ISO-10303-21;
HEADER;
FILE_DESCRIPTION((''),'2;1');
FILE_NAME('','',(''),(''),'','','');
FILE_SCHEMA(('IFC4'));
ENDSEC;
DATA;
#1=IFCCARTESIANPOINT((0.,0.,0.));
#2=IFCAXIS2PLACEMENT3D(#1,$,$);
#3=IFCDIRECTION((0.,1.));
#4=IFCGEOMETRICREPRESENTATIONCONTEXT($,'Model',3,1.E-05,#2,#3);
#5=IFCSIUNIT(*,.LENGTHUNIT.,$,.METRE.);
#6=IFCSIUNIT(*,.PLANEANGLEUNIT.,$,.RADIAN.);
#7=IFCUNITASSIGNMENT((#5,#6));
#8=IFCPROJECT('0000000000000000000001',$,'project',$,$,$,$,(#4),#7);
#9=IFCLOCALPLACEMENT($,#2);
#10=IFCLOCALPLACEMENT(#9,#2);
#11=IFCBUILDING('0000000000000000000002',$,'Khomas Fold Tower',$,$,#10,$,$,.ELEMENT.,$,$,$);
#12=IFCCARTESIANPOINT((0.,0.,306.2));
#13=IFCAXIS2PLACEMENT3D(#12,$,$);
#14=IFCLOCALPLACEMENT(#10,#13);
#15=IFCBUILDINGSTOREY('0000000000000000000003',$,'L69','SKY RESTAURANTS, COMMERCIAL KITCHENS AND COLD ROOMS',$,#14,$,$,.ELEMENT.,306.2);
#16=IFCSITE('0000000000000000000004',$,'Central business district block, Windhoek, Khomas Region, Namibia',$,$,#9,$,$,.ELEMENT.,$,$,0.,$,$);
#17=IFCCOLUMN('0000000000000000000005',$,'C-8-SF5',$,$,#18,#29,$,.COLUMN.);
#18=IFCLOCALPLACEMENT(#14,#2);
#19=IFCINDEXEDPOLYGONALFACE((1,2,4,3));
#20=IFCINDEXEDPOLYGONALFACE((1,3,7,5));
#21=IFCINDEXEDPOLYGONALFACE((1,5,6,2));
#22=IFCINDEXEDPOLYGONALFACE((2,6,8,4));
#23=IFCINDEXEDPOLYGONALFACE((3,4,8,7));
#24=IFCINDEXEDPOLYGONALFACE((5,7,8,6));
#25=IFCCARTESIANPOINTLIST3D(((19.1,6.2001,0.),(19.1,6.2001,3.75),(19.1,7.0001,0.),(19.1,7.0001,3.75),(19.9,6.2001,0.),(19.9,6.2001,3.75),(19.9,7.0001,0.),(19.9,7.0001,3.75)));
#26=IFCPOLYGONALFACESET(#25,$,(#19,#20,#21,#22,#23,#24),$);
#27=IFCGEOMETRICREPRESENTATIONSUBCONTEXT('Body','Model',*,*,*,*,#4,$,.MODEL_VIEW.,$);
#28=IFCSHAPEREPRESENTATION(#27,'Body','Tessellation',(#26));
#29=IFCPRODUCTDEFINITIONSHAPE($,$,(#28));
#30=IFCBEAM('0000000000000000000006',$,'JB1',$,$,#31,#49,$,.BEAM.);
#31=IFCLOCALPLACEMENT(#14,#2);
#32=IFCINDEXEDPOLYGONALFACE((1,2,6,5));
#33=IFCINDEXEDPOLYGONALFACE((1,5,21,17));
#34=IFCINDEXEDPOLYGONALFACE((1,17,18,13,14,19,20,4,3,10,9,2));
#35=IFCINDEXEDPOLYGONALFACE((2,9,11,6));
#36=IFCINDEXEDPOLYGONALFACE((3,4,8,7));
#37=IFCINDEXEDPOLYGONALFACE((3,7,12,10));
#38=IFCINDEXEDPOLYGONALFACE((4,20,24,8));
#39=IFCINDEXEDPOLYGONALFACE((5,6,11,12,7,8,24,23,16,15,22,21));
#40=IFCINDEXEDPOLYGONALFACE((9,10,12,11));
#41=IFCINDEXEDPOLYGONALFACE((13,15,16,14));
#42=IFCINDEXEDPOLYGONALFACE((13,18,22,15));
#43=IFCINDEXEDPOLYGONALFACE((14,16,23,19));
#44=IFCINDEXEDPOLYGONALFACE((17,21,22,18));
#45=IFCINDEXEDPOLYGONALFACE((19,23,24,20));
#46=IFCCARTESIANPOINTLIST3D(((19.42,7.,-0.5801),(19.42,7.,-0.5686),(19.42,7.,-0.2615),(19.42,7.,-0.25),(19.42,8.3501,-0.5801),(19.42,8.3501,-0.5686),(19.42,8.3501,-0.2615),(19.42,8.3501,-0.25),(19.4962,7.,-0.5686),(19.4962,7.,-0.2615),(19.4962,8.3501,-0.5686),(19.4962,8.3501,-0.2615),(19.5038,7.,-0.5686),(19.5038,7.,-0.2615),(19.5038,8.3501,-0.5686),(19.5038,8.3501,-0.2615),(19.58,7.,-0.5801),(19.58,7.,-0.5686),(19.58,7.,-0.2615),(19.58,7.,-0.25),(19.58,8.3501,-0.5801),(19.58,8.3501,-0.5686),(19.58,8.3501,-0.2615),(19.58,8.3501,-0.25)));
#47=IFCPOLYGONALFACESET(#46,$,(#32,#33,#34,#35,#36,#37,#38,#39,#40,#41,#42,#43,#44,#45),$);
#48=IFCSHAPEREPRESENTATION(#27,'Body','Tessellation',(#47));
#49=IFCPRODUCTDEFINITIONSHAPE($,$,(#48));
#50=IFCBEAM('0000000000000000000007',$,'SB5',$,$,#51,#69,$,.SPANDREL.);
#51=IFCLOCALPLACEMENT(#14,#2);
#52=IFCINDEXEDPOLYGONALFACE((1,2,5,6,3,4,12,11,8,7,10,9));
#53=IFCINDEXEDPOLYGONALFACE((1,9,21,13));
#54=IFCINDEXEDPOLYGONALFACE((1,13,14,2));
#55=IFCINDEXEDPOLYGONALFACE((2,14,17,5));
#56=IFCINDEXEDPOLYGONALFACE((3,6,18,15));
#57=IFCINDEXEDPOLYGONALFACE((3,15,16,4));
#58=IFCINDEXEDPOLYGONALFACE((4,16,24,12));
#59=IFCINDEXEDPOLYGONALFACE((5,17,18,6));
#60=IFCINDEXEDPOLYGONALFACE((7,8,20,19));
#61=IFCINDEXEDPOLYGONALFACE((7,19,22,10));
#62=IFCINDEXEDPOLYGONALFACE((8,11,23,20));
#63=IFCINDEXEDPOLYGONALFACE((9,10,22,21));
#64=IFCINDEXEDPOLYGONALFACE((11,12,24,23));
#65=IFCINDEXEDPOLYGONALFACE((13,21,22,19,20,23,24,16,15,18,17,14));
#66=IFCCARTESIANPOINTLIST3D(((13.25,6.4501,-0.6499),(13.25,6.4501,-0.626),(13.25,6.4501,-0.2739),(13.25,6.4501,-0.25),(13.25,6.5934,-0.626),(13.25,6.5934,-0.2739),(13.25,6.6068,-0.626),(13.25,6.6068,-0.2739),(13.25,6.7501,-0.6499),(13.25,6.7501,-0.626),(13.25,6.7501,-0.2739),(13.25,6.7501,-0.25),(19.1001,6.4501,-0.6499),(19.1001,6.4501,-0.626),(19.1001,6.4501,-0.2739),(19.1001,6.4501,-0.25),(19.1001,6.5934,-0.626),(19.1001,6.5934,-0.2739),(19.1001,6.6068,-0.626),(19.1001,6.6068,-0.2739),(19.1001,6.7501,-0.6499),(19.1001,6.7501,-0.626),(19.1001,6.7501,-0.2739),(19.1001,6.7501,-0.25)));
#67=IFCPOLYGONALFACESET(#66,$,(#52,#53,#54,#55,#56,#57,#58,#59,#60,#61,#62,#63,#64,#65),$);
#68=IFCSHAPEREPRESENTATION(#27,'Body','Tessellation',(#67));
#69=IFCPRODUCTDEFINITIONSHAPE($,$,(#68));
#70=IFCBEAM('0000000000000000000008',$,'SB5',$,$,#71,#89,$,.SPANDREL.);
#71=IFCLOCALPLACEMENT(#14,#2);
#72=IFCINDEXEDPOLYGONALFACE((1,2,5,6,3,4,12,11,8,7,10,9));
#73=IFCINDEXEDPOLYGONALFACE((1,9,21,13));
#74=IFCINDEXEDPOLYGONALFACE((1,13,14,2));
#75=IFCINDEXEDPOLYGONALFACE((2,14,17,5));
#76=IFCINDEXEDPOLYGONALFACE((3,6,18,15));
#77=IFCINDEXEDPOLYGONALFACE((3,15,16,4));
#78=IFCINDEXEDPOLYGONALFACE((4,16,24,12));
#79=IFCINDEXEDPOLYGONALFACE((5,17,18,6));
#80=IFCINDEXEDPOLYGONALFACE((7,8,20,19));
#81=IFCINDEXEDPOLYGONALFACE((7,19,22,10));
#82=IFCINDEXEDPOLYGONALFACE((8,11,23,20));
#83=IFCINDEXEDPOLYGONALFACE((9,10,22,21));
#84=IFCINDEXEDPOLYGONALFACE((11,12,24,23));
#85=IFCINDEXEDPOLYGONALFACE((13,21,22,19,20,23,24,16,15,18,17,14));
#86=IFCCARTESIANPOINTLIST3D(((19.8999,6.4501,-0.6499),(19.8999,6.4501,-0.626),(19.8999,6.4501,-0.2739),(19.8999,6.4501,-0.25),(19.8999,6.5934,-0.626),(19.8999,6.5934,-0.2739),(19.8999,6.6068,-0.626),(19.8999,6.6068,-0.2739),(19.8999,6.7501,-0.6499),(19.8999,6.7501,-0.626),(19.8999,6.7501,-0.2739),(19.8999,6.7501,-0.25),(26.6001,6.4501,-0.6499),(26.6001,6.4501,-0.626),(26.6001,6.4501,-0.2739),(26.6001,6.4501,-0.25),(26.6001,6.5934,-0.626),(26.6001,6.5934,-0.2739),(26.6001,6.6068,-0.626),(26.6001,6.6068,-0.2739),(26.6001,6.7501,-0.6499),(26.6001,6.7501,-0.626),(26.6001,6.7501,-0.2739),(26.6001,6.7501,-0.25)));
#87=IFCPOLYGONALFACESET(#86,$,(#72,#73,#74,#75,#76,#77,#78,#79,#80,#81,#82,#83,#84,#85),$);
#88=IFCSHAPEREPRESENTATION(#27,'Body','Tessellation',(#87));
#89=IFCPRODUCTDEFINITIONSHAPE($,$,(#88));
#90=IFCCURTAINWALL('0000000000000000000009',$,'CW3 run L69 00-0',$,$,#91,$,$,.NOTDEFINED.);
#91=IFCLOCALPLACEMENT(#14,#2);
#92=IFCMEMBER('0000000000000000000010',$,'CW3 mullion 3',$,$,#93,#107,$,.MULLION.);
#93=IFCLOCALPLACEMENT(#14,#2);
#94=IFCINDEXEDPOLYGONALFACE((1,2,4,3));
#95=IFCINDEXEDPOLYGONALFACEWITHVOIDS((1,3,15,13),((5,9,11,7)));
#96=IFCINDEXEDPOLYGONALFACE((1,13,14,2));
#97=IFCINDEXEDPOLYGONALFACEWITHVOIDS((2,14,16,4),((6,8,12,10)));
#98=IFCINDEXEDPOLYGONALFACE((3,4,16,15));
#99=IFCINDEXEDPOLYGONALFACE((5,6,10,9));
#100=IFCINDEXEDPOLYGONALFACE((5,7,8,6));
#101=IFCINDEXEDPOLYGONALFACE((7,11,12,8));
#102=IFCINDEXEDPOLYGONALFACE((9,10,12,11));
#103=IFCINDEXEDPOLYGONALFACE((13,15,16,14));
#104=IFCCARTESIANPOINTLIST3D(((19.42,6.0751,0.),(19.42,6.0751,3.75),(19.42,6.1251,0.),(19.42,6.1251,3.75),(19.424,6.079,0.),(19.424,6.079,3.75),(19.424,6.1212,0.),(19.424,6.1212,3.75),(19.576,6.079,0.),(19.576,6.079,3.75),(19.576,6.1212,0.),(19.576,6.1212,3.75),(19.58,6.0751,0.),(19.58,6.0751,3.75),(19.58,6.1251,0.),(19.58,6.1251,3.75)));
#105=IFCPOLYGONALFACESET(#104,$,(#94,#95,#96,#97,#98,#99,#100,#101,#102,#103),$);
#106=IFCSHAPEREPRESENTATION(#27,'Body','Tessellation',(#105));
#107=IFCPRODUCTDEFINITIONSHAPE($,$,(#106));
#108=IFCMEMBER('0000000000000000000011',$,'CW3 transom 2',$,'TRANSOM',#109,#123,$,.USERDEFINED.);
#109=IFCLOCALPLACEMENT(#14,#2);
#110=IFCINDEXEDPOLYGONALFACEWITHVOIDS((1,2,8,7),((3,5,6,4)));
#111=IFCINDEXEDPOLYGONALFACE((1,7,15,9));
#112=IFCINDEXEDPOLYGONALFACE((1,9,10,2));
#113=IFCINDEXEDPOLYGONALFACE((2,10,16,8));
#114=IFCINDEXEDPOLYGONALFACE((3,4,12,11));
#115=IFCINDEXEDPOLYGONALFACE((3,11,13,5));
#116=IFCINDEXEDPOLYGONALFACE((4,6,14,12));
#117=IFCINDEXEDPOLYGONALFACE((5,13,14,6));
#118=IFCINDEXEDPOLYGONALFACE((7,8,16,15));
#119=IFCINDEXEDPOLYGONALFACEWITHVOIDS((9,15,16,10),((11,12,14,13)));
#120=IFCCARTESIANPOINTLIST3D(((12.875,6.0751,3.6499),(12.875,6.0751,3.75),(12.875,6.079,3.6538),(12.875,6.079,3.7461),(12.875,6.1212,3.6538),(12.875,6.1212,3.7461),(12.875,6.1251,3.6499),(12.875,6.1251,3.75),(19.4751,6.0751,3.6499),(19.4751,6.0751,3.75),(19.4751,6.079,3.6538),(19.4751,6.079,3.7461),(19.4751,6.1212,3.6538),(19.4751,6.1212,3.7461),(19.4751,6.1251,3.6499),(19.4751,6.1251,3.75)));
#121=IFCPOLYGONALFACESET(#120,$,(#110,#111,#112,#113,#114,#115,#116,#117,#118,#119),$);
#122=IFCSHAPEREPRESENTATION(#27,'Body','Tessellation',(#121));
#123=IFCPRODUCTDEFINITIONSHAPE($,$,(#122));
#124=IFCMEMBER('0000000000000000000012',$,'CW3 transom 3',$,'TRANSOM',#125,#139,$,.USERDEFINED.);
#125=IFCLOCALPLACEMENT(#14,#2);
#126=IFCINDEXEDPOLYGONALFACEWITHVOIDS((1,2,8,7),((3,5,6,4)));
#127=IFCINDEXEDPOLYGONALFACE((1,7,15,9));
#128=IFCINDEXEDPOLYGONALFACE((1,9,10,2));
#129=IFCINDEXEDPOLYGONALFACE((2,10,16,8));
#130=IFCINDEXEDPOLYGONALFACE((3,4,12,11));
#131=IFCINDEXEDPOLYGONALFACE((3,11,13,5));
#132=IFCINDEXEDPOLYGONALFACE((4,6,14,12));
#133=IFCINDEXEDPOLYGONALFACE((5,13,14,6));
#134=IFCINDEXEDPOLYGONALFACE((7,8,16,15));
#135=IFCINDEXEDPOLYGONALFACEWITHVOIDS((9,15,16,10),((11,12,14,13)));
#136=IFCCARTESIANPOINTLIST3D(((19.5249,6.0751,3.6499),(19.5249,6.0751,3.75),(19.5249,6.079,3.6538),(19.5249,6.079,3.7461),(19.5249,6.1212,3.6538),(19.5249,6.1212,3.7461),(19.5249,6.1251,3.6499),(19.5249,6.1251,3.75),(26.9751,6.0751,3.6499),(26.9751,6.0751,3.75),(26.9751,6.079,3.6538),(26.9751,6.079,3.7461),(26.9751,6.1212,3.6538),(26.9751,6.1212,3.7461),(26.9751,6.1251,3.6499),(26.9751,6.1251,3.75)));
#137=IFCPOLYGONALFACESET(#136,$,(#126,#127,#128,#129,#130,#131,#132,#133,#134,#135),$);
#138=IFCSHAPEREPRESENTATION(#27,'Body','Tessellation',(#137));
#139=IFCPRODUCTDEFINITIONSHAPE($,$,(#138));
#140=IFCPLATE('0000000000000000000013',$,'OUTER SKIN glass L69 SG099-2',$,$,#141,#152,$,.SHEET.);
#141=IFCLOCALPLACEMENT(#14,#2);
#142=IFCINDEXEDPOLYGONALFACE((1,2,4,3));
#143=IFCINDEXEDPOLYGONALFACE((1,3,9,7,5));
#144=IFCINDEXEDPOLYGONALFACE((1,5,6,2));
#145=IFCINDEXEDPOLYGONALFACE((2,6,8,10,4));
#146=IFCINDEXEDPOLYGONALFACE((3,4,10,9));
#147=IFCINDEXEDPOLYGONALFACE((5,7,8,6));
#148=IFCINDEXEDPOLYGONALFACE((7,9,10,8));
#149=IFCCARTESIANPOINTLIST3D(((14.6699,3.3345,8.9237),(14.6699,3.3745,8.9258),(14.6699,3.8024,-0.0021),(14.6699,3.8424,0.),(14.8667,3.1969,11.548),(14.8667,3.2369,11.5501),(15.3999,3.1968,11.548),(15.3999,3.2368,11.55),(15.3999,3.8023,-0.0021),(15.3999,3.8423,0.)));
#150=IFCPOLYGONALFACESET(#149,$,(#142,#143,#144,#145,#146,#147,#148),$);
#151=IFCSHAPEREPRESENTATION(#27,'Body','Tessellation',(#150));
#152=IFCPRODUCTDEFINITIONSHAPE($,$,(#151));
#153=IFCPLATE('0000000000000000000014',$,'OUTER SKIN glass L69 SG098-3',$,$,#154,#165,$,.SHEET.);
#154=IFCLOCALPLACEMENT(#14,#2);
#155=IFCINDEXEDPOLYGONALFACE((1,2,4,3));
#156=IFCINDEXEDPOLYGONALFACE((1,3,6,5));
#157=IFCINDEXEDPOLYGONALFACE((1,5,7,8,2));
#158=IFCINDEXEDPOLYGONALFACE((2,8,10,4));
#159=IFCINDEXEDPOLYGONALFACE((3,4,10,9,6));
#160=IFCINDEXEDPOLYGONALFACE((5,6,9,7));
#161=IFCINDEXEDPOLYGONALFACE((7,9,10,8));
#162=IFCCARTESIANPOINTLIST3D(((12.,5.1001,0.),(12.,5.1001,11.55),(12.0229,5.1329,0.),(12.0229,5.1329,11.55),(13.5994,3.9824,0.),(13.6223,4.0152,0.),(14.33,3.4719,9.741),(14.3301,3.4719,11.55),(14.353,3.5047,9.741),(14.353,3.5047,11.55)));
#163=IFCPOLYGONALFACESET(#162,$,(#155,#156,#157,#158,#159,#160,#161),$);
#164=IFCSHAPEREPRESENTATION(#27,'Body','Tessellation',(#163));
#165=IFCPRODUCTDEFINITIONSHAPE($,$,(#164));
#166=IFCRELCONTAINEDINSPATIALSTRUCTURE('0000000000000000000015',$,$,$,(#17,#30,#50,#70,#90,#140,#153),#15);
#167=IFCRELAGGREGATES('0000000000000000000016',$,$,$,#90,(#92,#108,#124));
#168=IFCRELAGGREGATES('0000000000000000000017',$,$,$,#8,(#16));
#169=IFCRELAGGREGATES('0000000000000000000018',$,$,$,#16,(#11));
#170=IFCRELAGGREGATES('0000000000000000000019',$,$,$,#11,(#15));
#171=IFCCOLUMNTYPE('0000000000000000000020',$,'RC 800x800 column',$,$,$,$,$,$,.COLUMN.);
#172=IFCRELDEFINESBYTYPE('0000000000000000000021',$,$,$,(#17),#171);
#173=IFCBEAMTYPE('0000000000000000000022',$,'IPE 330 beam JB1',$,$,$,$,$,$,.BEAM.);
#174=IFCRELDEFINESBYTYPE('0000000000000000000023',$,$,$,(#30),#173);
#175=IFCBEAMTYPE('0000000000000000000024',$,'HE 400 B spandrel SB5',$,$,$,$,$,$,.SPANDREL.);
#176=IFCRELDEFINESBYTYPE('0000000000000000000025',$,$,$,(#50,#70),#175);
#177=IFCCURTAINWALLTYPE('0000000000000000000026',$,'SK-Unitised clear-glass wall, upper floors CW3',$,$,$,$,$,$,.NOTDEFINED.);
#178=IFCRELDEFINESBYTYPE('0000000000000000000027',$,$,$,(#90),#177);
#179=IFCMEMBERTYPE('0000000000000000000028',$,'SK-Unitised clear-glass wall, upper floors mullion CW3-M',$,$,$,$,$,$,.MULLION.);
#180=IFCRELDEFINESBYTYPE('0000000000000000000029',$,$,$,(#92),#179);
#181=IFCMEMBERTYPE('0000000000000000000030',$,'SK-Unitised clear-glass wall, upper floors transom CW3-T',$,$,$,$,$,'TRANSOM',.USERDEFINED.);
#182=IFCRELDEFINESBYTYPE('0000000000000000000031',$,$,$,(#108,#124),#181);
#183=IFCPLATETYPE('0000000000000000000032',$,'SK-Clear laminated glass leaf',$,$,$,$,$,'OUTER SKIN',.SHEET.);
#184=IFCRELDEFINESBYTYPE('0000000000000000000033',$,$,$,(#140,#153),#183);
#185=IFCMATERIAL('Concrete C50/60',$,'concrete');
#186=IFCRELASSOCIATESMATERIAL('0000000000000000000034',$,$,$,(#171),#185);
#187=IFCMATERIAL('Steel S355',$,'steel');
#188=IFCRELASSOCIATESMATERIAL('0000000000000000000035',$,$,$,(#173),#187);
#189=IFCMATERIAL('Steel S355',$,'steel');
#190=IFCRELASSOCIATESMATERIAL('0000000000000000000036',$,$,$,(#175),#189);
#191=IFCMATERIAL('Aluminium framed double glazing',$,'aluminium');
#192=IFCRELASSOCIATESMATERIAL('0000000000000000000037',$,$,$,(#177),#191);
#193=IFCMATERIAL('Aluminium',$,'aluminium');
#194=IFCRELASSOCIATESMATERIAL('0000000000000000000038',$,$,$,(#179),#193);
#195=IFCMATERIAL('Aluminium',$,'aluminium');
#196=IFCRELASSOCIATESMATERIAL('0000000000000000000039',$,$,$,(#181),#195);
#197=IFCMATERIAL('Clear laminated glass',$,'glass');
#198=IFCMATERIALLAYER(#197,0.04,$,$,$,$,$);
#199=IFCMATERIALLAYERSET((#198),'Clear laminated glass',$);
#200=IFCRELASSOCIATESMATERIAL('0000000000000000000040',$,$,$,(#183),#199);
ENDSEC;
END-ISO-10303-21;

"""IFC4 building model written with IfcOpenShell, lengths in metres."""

from ifc_helpers import new_model, si_unit, direction, frame, origin, origin_2d, place, context, subcontext, project, spatial, polyline, rectangle, hollow_rectangle, i_section, outline, extrude, source, transform, mapped, material, layer, layer_set, material_profile, profile_set, type_object, element, aggregate, save


model = new_model("IFC4")

# Units and contexts
model_context = context("Model", 3, precision=1e-05, world=origin(), true_north=direction((0.0, 1.0)))
body_context = subcontext(model_context, "Body", "Model", "MODEL_VIEW")
ifc_project = project(units=[si_unit("LENGTHUNIT", "METRE"), si_unit("PLANEANGLEUNIT", "RADIAN")], contexts=[model_context])

# Site, building, storey
site_placement = place(None, origin())
site = spatial("IfcSite", under=ifc_project, at=site_placement, Name="Central business district block, Windhoek, Khomas Region, Namibia", CompositionType="ELEMENT", RefElevation=0.0)
building_placement = place(site_placement, origin())
building = spatial("IfcBuilding", under=site, at=building_placement, Name="Khomas Fold Tower", CompositionType="ELEMENT")
storey_placement = place(building_placement, frame((0.0, 0.0, 306.2)))
storey = spatial("IfcBuildingStorey", under=building, at=storey_placement, Name="L69", Description="SKY RESTAURANTS, COMMERCIAL KITCHENS AND COLD ROOMS", CompositionType="ELEMENT", Elevation=306.2)

# Column
ifc_material_1 = material(Name="Concrete C50/60", Category="concrete")
ifc_material_profile_1 = material_profile(ifc_material_1, rectangle(XDim=0.8, YDim=0.8, at=origin_2d()), Name="RC 800x800")
ifc_profile_set_1 = profile_set([ifc_material_profile_1], Name="Concrete C50/60")
column_type = type_object("IfcColumnType", Name="RC 800x800 column", PredefinedType="COLUMN", material=ifc_profile_set_1)
shared_shape_1 = source(origin(), body_context, "Body", "SweptSolid", [
    extrude(rectangle(XDim=0.8, YDim=0.8, at=origin_2d()), origin(), (0.0, 0.0, 1.0), 3.75),
])
column_placement = place(storey_placement, frame((19.5, 6.6001, 0.0), z_axis=(0.0, 0.0, 1.0), x_axis=(1.0, 0.0, 0.0)))
element("IfcColumn", 1, at=column_placement, inside=storey, type_object=column_type, Name="C-8-SF5", PredefinedType="COLUMN", context=body_context, shape_type="MappedRepresentation", body=[
    mapped(shared_shape_1, transform((0.0, 0.0, 0.0))),
])

# Beams
ifc_material_2 = material(Name="Steel S355", Category="steel")
ifc_material_profile_2 = material_profile(ifc_material_2, i_section(OverallWidth=0.1599, OverallDepth=0.3301, WebThickness=0.0076, FlangeThickness=0.0115, at=origin_2d()), Name="IPE 330")
ifc_profile_set_2 = profile_set([ifc_material_profile_2], Name="Steel S355")
beam_type_1 = type_object("IfcBeamType", Name="IPE 330 beam JB1", PredefinedType="BEAM", material=ifc_profile_set_2)
shared_shape_2 = source(origin(), body_context, "Body", "SweptSolid", [
    extrude(i_section(OverallWidth=0.1599, OverallDepth=0.3301, WebThickness=0.0076, FlangeThickness=0.0115, at=origin_2d()), origin(), (0.0, 0.0, 1.0), 1.3501),
])
beam_1_placement = place(storey_placement, frame((19.5, 7.0, -0.415), z_axis=(0.0, 1.0, 0.0), x_axis=(-1.0, 0.0, 0.0)))
element("IfcBeam", 2, at=beam_1_placement, inside=storey, type_object=beam_type_1, Name="JB1", PredefinedType="BEAM", context=body_context, shape_type="MappedRepresentation", body=[
    mapped(shared_shape_2, transform((0.0, 0.0, 0.0))),
])
ifc_material_3 = material(Name="Steel S355", Category="steel")
ifc_material_profile_3 = material_profile(ifc_material_3, i_section(OverallWidth=0.3, OverallDepth=0.3999, WebThickness=0.0134, FlangeThickness=0.0239, at=origin_2d()), Name="HE 400 B")
ifc_profile_set_3 = profile_set([ifc_material_profile_3], Name="Steel S355")
beam_type_2 = type_object("IfcBeamType", Name="HE 400 B spandrel SB5", PredefinedType="SPANDREL", material=ifc_profile_set_3)
shared_shape_3 = source(origin(), body_context, "Body", "SweptSolid", [
    extrude(i_section(OverallWidth=0.3, OverallDepth=0.3999, WebThickness=0.0134, FlangeThickness=0.0239, at=origin_2d()), origin(), (0.0, 0.0, 1.0), 5.8501),
])
beam_2_placement = place(storey_placement, frame((13.25, 6.6001, -0.45), z_axis=(1.0, 0.0, 0.0), x_axis=(0.0, 1.0, 0.0)))
element("IfcBeam", 3, at=beam_2_placement, inside=storey, type_object=beam_type_2, Name="SB5", PredefinedType="SPANDREL", context=body_context, shape_type="MappedRepresentation", body=[
    mapped(shared_shape_3, transform((0.0, 0.0, 0.0))),
])
shared_shape_4 = source(origin(), body_context, "Body", "SweptSolid", [
    extrude(i_section(OverallWidth=0.3, OverallDepth=0.3999, WebThickness=0.0134, FlangeThickness=0.0239, at=origin_2d()), origin(), (0.0, 0.0, 1.0), 6.7002),
])
beam_3_placement = place(storey_placement, frame((19.8999, 6.6001, -0.45), z_axis=(1.0, 0.0, 0.0), x_axis=(0.0, 1.0, 0.0)))
element("IfcBeam", 4, at=beam_3_placement, inside=storey, type_object=beam_type_2, Name="SB5", PredefinedType="SPANDREL", context=body_context, shape_type="MappedRepresentation", body=[
    mapped(shared_shape_4, transform((0.0, 0.0, 0.0))),
])

# Curtain wall, members
ifc_material_4 = material(Name="Aluminium framed double glazing", Category="aluminium")
curtain_wall_type = type_object("IfcCurtainWallType", Name="SK-Unitised clear-glass wall, upper floors CW3", PredefinedType="NOTDEFINED", material=ifc_material_4)
curtain_wall_placement = place(storey_placement, origin())
curtain_wall = element("IfcCurtainWall", 5, at=curtain_wall_placement, inside=storey, type_object=curtain_wall_type, Name="CW3 run L69 00-0", PredefinedType="NOTDEFINED")
ifc_material_5 = material(Name="Aluminium", Category="aluminium")
ifc_material_profile_4 = material_profile(ifc_material_5, hollow_rectangle(XDim=0.05, YDim=0.1599, WallThickness=0.0039, at=origin_2d()), Name="SK-Unitised clear-glass wall, upper floors mullion CW3-M")
ifc_profile_set_4 = profile_set([ifc_material_profile_4], Name="Aluminium")
member_type_1 = type_object("IfcMemberType", Name="SK-Unitised clear-glass wall, upper floors mullion CW3-M", PredefinedType="MULLION", material=ifc_profile_set_4)
shared_shape_5 = source(origin(), body_context, "Body", "SweptSolid", [
    extrude(hollow_rectangle(XDim=0.05, YDim=0.1599, WallThickness=0.0039, at=origin_2d()), origin(), (0.0, 0.0, 1.0), 3.75),
])
member_1_placement = place(storey_placement, frame((19.5, 6.1001, 0.0), z_axis=(0.0, 0.0, 1.0), x_axis=(0.0, 1.0, 0.0)))
member_1 = element("IfcMember", 6, at=member_1_placement, type_object=member_type_1, Name="CW3 mullion 3", PredefinedType="MULLION", context=body_context, shape_type="MappedRepresentation", body=[
    mapped(shared_shape_5, transform((0.0, 0.0, 0.0))),
])
ifc_material_6 = material(Name="Aluminium", Category="aluminium")
ifc_material_profile_5 = material_profile(ifc_material_6, hollow_rectangle(XDim=0.05, YDim=0.1001, WallThickness=0.0039, at=origin_2d()), Name="SK-Unitised clear-glass wall, upper floors transom CW3-T")
ifc_profile_set_5 = profile_set([ifc_material_profile_5], Name="Aluminium")
member_type_2 = type_object("IfcMemberType", Name="SK-Unitised clear-glass wall, upper floors transom CW3-T", ElementType="TRANSOM", PredefinedType="USERDEFINED", material=ifc_profile_set_5)
shared_shape_6 = source(origin(), body_context, "Body", "SweptSolid", [
    extrude(hollow_rectangle(XDim=0.05, YDim=0.1001, WallThickness=0.0039, at=origin_2d()), origin(), (0.0, 0.0, 1.0), 6.6001),
])
member_2_placement = place(storey_placement, frame((12.875, 6.1001, 3.7), z_axis=(1.0, 0.0, 0.0), x_axis=(0.0, 1.0, 0.0)))
member_2 = element("IfcMember", 7, at=member_2_placement, type_object=member_type_2, Name="CW3 transom 2", ObjectType="TRANSOM", PredefinedType="USERDEFINED", context=body_context, shape_type="MappedRepresentation", body=[
    mapped(shared_shape_6, transform((0.0, 0.0, 0.0))),
])
shared_shape_7 = source(origin(), body_context, "Body", "SweptSolid", [
    extrude(hollow_rectangle(XDim=0.05, YDim=0.1001, WallThickness=0.0039, at=origin_2d()), origin(), (0.0, 0.0, 1.0), 7.4502),
])
member_3_placement = place(storey_placement, frame((19.5249, 6.1001, 3.7), z_axis=(1.0, 0.0, 0.0), x_axis=(0.0, 1.0, 0.0)))
member_3 = element("IfcMember", 8, at=member_3_placement, type_object=member_type_2, Name="CW3 transom 3", ObjectType="TRANSOM", PredefinedType="USERDEFINED", context=body_context, shape_type="MappedRepresentation", body=[
    mapped(shared_shape_7, transform((0.0, 0.0, 0.0))),
])

# Plates
ifc_material_7 = material(Name="Clear laminated glass", Category="glass")
ifc_layer_1 = layer(ifc_material_7, 0.04)
ifc_layer_set_1 = layer_set([ifc_layer_1], Name="Clear laminated glass")
plate_type_1 = type_object("IfcPlateType", Name="SK-Clear laminated glass leaf", ElementType="OUTER SKIN", PredefinedType="SHEET", material=ifc_layer_set_1)
plate_1_placement = place(storey_placement, frame((15.3999, 3.8423, 0.0), z_axis=(0.00009, 0.998629, 0.052348), x_axis=(-1.0, 0.00009, 0.000005)))
element("IfcPlate", 9, at=plate_1_placement, inside=storey, type_object=plate_type_1, Name="OUTER SKIN glass L69 SG099-2", PredefinedType="SHEET", context=body_context, shape_type="SweptSolid", body=[
    extrude(outline(polyline([(0.0, 0.0), (0.73, 0.0), (0.73, 8.938), (0.5332, 11.5659), (0.0, 11.5659), (0.0, 0.0)])), origin(), (0.0, 0.0, -1.0), 0.04),
])
plate_2_placement = place(storey_placement, frame((13.5994, 3.9824, 0.0), z_axis=(-0.572793, -0.8197, 0.000004), x_axis=(-0.8197, 0.572793, 0.0)))
element("IfcPlate", 10, at=plate_2_placement, inside=storey, type_object=plate_type_1, Name="OUTER SKIN glass L69 SG098-3", PredefinedType="SHEET", context=body_context, shape_type="SweptSolid", body=[
    extrude(outline(polyline([(0.0, 0.0), (1.9512, 0.0), (1.9512, -11.55), (-0.8914, -11.55), (-0.8914, -9.741), (0.0, 0.0)])), origin(), (0.0, 0.0, -1.0), 0.04),
])

aggregate(curtain_wall, [member_1, member_2, member_3])

save(model, "model.ifc")
